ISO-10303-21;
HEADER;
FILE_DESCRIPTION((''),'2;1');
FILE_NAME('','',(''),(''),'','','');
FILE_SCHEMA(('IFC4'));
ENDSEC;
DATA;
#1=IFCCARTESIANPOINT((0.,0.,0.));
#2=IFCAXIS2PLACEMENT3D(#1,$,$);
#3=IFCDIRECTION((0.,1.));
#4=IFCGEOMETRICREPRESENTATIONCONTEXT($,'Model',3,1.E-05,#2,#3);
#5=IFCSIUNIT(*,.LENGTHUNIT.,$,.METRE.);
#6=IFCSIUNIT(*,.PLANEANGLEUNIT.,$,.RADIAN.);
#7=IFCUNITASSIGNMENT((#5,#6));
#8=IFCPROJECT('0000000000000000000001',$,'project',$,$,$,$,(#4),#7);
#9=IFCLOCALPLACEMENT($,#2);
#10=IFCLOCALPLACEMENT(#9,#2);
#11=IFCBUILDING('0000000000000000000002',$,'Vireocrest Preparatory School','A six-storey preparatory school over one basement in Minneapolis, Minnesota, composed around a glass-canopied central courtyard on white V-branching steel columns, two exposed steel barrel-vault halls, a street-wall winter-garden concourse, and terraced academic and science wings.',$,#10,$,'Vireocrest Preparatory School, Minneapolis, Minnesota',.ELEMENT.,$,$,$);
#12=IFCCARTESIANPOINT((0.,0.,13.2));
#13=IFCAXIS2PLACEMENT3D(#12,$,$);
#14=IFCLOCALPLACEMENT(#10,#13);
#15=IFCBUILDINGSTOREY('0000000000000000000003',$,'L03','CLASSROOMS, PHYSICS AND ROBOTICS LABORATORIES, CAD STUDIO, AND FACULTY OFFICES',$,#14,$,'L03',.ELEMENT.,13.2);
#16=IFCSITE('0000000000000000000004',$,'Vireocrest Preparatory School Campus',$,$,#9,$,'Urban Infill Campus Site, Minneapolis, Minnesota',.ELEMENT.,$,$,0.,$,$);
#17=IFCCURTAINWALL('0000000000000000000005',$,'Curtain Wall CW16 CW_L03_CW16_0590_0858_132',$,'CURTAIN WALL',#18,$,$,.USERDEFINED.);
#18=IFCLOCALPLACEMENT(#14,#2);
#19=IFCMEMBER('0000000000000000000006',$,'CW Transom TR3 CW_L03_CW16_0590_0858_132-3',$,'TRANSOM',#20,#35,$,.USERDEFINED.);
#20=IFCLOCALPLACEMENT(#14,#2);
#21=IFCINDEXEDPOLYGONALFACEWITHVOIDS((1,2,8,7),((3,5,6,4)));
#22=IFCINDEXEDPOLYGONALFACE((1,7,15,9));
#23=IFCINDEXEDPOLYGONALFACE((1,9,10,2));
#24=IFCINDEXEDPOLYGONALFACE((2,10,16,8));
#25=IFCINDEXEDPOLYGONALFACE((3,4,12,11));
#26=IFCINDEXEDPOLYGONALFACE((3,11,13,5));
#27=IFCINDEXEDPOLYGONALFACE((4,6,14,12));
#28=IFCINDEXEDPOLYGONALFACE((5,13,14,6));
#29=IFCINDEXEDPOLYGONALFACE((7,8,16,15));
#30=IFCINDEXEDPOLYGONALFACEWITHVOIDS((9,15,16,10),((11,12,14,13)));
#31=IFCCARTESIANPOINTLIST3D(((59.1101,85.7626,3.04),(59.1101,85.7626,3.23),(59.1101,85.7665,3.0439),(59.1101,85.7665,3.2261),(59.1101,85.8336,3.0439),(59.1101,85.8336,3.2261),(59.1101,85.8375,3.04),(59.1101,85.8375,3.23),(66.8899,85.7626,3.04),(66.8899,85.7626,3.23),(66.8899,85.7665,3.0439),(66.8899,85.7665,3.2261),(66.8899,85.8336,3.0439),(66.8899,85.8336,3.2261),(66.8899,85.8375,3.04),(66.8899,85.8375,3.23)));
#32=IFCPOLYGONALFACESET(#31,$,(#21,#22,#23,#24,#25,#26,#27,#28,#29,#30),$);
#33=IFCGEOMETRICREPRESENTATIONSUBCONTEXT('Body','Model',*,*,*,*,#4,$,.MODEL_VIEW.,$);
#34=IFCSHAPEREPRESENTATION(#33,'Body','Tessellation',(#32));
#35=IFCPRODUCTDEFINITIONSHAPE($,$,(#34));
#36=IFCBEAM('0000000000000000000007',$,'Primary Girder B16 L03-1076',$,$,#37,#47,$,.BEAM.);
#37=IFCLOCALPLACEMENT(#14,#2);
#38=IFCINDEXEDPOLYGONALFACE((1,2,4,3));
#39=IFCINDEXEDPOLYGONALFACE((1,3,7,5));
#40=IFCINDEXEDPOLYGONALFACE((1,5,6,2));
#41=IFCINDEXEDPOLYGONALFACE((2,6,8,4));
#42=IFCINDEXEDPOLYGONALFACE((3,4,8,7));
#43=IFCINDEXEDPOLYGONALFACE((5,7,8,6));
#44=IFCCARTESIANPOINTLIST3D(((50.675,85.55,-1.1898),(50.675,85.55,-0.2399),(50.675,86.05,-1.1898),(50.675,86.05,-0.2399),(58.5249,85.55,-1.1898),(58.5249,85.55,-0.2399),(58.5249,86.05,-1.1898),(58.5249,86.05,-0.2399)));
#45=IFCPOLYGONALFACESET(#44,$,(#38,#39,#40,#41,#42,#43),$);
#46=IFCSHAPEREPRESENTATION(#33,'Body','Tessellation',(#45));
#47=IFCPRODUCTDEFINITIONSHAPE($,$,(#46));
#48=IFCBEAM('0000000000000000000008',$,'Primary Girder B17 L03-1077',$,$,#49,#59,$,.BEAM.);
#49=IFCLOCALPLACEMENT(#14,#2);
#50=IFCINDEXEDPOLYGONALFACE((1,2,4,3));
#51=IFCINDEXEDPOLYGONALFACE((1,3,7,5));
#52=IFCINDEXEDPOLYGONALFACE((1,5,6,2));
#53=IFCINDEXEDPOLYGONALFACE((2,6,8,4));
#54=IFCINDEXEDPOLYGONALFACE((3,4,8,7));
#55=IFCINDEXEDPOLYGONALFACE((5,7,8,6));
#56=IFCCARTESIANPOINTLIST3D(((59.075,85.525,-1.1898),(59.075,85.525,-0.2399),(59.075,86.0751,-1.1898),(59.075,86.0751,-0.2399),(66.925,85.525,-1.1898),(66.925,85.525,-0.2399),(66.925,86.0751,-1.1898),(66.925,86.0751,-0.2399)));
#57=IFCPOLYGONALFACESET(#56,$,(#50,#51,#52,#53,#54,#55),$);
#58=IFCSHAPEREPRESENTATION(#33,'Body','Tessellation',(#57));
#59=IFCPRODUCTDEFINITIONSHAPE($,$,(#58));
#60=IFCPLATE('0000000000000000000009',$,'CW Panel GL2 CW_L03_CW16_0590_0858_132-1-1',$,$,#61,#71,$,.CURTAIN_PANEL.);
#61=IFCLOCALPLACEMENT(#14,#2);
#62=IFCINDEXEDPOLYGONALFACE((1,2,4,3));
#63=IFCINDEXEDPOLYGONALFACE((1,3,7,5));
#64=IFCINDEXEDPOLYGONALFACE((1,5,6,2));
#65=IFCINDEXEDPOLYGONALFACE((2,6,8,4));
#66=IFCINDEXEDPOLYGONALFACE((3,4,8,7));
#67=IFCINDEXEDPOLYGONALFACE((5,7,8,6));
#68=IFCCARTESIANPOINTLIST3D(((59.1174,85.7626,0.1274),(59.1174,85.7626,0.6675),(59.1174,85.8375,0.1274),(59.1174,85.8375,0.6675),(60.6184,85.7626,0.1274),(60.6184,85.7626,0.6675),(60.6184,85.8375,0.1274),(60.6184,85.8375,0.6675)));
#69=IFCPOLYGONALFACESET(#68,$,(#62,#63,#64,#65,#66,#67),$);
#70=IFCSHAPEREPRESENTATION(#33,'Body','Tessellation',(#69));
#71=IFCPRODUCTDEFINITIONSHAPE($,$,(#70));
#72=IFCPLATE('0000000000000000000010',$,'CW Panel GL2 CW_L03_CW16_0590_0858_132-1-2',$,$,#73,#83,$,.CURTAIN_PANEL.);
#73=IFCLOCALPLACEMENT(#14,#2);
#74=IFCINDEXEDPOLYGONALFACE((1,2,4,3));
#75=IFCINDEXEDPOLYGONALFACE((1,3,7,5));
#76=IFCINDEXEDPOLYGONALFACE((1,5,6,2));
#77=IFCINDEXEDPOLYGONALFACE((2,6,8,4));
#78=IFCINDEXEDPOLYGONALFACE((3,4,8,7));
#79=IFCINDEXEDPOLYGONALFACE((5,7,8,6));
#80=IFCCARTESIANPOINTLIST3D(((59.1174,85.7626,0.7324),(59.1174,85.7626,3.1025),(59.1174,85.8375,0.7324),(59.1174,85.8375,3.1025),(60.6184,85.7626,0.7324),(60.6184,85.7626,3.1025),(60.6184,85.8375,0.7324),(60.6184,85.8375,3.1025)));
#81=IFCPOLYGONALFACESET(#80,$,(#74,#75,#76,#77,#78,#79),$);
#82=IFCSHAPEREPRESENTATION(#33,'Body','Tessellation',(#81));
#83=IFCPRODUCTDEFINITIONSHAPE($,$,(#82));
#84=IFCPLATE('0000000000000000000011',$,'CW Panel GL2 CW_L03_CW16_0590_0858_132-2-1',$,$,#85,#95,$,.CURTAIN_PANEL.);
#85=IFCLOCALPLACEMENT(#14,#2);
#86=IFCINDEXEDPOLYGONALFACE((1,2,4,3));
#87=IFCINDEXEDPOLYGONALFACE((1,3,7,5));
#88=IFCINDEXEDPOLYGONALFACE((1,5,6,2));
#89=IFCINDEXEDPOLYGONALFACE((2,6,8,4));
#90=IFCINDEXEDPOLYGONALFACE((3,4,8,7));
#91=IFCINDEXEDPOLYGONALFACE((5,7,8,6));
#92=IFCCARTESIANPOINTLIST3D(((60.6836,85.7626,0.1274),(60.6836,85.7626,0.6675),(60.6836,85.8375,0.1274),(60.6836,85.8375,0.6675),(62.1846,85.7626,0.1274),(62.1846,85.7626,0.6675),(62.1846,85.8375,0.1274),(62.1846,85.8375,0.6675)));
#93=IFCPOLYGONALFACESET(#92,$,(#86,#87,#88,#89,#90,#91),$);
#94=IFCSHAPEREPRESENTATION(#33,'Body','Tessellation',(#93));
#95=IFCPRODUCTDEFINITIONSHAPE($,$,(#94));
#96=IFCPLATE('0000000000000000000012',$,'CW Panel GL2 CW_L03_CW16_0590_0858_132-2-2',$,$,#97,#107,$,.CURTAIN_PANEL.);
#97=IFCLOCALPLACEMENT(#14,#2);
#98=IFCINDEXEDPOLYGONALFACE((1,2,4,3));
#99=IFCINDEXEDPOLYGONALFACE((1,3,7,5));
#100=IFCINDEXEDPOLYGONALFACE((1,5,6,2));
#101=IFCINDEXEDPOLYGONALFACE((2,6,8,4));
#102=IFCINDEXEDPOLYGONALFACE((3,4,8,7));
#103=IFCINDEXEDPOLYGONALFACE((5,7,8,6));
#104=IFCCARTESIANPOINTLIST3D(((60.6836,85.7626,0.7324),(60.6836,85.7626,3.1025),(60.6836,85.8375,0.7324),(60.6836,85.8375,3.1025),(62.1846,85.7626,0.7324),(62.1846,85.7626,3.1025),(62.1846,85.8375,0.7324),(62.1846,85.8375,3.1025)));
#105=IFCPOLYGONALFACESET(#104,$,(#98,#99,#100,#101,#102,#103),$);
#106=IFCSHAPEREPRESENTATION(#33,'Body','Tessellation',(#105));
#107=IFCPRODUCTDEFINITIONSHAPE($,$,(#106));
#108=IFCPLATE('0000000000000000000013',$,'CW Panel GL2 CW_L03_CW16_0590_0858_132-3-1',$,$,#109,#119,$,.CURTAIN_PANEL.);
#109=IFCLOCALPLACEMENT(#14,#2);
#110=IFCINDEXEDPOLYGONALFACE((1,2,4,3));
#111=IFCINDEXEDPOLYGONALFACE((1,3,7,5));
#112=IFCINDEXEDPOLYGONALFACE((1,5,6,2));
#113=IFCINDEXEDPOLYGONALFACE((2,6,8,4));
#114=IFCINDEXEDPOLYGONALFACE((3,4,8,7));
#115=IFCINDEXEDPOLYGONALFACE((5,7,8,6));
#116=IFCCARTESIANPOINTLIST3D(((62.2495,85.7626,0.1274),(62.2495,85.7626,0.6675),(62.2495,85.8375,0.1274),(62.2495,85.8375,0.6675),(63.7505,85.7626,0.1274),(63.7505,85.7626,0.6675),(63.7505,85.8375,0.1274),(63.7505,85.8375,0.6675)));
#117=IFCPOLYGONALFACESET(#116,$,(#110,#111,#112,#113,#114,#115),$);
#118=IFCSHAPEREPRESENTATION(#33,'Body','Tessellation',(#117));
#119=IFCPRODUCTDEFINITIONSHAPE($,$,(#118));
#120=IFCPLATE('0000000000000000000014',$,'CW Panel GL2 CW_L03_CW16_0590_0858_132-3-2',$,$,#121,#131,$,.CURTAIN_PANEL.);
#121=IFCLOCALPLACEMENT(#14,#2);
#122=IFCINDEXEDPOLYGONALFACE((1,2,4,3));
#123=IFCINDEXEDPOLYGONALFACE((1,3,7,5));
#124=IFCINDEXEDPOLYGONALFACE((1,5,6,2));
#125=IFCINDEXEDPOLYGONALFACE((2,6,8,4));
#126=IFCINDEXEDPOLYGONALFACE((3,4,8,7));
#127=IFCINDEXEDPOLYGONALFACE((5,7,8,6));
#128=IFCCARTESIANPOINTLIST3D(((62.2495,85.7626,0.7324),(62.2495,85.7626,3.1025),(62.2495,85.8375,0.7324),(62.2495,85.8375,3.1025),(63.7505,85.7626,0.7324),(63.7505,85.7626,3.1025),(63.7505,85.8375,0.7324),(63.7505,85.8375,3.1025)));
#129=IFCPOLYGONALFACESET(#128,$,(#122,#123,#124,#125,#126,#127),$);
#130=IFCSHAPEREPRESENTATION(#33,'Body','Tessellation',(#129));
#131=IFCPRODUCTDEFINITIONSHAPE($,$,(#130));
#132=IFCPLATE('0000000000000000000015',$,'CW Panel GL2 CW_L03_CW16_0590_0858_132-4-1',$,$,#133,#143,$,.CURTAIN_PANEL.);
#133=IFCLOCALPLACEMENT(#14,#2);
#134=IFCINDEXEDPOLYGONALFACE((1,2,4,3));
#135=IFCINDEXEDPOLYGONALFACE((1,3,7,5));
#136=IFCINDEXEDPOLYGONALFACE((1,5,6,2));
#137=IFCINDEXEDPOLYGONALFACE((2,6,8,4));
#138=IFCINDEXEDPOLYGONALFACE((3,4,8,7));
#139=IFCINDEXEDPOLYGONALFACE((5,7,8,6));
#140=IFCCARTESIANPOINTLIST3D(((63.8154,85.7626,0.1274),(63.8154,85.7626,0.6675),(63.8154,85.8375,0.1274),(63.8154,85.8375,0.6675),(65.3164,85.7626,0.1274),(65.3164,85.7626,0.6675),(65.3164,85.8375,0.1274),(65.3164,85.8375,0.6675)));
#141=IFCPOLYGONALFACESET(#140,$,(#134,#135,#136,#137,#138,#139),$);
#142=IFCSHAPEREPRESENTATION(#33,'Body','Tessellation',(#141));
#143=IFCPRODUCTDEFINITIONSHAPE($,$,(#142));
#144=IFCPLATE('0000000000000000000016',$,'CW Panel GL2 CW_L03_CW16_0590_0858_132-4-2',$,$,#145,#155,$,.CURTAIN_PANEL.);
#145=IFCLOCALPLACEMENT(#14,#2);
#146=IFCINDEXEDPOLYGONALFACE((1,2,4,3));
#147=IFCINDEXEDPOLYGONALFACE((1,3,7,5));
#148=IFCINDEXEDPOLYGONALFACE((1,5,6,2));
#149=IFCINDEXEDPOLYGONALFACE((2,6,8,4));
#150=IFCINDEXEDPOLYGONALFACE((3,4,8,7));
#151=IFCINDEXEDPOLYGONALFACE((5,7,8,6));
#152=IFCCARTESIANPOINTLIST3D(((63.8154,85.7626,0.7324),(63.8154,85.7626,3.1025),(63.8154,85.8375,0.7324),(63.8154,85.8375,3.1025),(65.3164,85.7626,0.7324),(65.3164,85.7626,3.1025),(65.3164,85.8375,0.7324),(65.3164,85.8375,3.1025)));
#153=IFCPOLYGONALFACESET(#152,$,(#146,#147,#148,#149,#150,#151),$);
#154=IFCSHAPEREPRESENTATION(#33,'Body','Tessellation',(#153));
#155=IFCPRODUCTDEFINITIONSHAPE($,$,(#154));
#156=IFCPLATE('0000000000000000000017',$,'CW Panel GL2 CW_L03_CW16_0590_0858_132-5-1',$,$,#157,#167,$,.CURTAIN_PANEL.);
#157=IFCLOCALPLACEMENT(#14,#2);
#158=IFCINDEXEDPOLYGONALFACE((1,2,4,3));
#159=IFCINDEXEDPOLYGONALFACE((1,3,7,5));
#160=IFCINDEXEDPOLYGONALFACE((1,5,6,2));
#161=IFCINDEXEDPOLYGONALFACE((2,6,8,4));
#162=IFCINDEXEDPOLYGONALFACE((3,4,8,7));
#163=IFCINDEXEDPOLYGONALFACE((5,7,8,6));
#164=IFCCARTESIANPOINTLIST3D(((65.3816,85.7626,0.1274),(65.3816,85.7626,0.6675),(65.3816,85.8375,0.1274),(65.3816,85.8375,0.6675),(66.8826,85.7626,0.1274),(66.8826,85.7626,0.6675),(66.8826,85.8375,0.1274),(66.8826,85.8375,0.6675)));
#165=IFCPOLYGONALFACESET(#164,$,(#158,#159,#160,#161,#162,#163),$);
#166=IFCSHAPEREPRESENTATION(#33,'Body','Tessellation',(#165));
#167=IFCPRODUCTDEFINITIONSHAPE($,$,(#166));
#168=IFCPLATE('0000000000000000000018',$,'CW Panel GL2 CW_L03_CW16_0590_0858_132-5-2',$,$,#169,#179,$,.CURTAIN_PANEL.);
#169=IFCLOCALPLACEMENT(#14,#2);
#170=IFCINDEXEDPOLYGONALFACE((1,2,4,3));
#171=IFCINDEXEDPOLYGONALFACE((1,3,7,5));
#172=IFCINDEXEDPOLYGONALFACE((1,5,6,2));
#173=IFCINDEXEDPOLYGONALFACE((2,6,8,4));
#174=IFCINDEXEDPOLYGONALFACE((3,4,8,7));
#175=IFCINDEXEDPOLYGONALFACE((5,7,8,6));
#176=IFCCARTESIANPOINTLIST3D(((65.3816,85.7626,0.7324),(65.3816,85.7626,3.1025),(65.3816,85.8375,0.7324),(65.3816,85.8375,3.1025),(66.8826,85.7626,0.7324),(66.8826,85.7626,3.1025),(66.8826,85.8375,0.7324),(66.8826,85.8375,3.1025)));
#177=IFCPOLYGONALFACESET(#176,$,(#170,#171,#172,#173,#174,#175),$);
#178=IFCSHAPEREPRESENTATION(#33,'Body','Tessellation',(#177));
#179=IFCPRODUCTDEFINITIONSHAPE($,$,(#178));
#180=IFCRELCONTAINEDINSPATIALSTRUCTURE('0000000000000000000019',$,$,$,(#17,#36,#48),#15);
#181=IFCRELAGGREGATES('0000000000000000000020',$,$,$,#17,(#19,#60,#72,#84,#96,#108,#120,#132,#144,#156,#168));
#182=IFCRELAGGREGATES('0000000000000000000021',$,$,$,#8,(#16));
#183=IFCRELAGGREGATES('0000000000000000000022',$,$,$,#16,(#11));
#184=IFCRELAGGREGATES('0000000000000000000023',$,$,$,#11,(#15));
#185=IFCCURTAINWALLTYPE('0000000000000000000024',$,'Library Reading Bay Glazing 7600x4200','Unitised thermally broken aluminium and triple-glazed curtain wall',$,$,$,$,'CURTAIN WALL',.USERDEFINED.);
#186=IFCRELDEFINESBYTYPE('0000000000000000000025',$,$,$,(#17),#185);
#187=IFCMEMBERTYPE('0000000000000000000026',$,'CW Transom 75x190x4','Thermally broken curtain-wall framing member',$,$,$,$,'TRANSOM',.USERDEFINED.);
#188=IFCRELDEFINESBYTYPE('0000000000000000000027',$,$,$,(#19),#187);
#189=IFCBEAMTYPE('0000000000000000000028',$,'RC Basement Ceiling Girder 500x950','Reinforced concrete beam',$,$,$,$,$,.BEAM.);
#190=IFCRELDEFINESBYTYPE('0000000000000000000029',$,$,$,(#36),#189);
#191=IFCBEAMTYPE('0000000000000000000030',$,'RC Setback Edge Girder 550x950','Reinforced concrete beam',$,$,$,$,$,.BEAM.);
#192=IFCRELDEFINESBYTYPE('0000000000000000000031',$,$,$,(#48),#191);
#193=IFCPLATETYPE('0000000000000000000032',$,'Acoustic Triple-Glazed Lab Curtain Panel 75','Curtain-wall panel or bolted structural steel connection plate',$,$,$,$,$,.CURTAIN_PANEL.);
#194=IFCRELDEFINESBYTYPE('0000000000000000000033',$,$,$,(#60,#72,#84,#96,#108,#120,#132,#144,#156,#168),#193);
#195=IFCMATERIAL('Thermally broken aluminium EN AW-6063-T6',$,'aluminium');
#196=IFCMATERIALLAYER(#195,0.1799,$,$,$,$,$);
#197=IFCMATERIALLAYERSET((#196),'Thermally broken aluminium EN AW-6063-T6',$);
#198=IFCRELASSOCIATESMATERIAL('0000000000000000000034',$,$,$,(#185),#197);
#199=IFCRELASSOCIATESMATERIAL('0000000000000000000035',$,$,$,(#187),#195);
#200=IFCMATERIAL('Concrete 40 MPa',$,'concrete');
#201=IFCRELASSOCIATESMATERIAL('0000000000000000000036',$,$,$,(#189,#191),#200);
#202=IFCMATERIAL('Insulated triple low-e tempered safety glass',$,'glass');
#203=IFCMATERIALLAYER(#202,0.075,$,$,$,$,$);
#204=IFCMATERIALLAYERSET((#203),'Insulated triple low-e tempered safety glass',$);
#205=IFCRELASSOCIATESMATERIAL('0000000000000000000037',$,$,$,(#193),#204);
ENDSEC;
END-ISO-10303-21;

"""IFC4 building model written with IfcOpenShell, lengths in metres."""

from ifc_helpers import new_model, si_unit, direction, frame, origin, origin_2d, place, context, subcontext, project, spatial, rectangle, hollow_rectangle, extrude, material, layer, layer_set, material_profile, profile_set, type_object, element, aggregate, save


model = new_model("IFC4")

# Units and contexts
model_context = context("Model", 3, precision=1e-05, world=origin(), true_north=direction((0.0, 1.0)))
body_context = subcontext(model_context, "Body", "Model", "MODEL_VIEW")
ifc_project = project(units=[si_unit("LENGTHUNIT", "METRE"), si_unit("PLANEANGLEUNIT", "RADIAN")], contexts=[model_context])

# Site, building, storey
site_placement = place(None, origin())
site = spatial("IfcSite", under=ifc_project, at=site_placement, Name="Vireocrest Preparatory School Campus", LongName="Urban Infill Campus Site, Minneapolis, Minnesota", CompositionType="ELEMENT", RefElevation=0.0)
building_placement = place(site_placement, origin())
building = spatial("IfcBuilding", under=site, at=building_placement, Name="Vireocrest Preparatory School", Description="A six-storey preparatory school over one basement in Minneapolis, Minnesota, composed around a glass-canopied central courtyard on white V-branching steel columns, two exposed steel barrel-vault halls, a street-wall winter-garden concourse, and terraced academic and science wings.", LongName="Vireocrest Preparatory School, Minneapolis, Minnesota", CompositionType="ELEMENT")
storey_placement = place(building_placement, frame((0.0, 0.0, 13.2)))
storey = spatial("IfcBuildingStorey", under=building, at=storey_placement, Name="L03", Description="CLASSROOMS, PHYSICS AND ROBOTICS LABORATORIES, CAD STUDIO, AND FACULTY OFFICES", LongName="L03", CompositionType="ELEMENT", Elevation=13.2)

# Shared definitions
ifc_material_1 = material(Name="Thermally broken aluminium EN AW-6063-T6", Category="aluminium")

# Curtain wall, member
ifc_layer_1 = layer(ifc_material_1, 0.1799)
ifc_layer_set_1 = layer_set([ifc_layer_1], Name="Thermally broken aluminium EN AW-6063-T6")
curtain_wall_type_1 = type_object("IfcCurtainWallType", Name="Library Reading Bay Glazing 7600x4200", Description="Unitised thermally broken aluminium and triple-glazed curtain wall", ElementType="CURTAIN WALL", PredefinedType="USERDEFINED", material=ifc_layer_set_1)
curtain_wall_1_placement = place(storey_placement, origin())
curtain_wall_1 = element("IfcCurtainWall", 1, at=curtain_wall_1_placement, inside=storey, type_object=curtain_wall_type_1, Name="Curtain Wall CW16 CW_L03_CW16_0590_0858_132", ObjectType="CURTAIN WALL", PredefinedType="USERDEFINED")
ifc_material_profile_1 = material_profile(ifc_material_1, hollow_rectangle(XDim=0.075, YDim=0.1899, WallThickness=0.0039, at=origin_2d()), Name="ALU 75x190x4")
ifc_profile_set_1 = profile_set([ifc_material_profile_1], Name="Thermally broken aluminium EN AW-6063-T6")
member_type_1 = type_object("IfcMemberType", Name="CW Transom 75x190x4", Description="Thermally broken curtain-wall framing member", ElementType="TRANSOM", PredefinedType="USERDEFINED", material=ifc_profile_set_1)
member_1_placement = place(storey_placement, frame((59.1101, 85.8, 3.135), z_axis=(1.0, 0.0, 0.0), x_axis=(0.0, 1.0, 0.0)))
member_1 = element("IfcMember", 2, at=member_1_placement, type_object=member_type_1, Name="CW Transom TR3 CW_L03_CW16_0590_0858_132-3", ObjectType="TRANSOM", PredefinedType="USERDEFINED", context=body_context, shape_type="SweptSolid", body=[
    extrude(hollow_rectangle(XDim=0.075, YDim=0.1899, WallThickness=0.0039, at=origin_2d()), origin(), (0.0, 0.0, 1.0), 7.7798),
])

# Beams
ifc_material_2 = material(Name="Concrete 40 MPa", Category="concrete")
ifc_material_profile_2 = material_profile(ifc_material_2, rectangle(XDim=0.5, YDim=0.95, at=origin_2d()), Name="RC 500x950")
ifc_profile_set_2 = profile_set([ifc_material_profile_2], Name="Concrete 40 MPa")
beam_type_1 = type_object("IfcBeamType", Name="RC Basement Ceiling Girder 500x950", Description="Reinforced concrete beam", PredefinedType="BEAM", material=ifc_profile_set_2)
beam_1_placement = place(storey_placement, frame((50.675, 85.8, -0.7148), z_axis=(1.0, 0.0, 0.0), x_axis=(0.0, 1.0, 0.0)))
element("IfcBeam", 3, at=beam_1_placement, inside=storey, type_object=beam_type_1, Name="Primary Girder B16 L03-1076", PredefinedType="BEAM", context=body_context, shape_type="SweptSolid", body=[
    extrude(rectangle(XDim=0.5, YDim=0.95, at=origin_2d()), origin(), (0.0, 0.0, 1.0), 7.8499),
])
ifc_material_profile_3 = material_profile(ifc_material_2, rectangle(XDim=0.55, YDim=0.95, at=origin_2d()), Name="RC 550x950")
ifc_profile_set_3 = profile_set([ifc_material_profile_3], Name="Concrete 40 MPa")
beam_type_2 = type_object("IfcBeamType", Name="RC Setback Edge Girder 550x950", Description="Reinforced concrete beam", PredefinedType="BEAM", material=ifc_profile_set_3)
beam_2_placement = place(storey_placement, frame((59.075, 85.8, -0.7148), z_axis=(1.0, 0.0, 0.0), x_axis=(0.0, 1.0, 0.0)))
element("IfcBeam", 4, at=beam_2_placement, inside=storey, type_object=beam_type_2, Name="Primary Girder B17 L03-1077", PredefinedType="BEAM", context=body_context, shape_type="SweptSolid", body=[
    extrude(rectangle(XDim=0.55, YDim=0.95, at=origin_2d()), origin(), (0.0, 0.0, 1.0), 7.8501),
])

# Plates
ifc_material_3 = material(Name="Insulated triple low-e tempered safety glass", Category="glass")
ifc_layer_2 = layer(ifc_material_3, 0.075)
ifc_layer_set_2 = layer_set([ifc_layer_2], Name="Insulated triple low-e tempered safety glass")
plate_type = type_object("IfcPlateType", Name="Acoustic Triple-Glazed Lab Curtain Panel 75", Description="Curtain-wall panel or bolted structural steel connection plate", PredefinedType="CURTAIN_PANEL", material=ifc_layer_set_2)
plate_1_placement = place(storey_placement, frame((59.8679, 85.8, 0.1274), z_axis=(0.0, 0.0, 1.0), x_axis=(1.0, 0.0, 0.0)))
plate_1 = element("IfcPlate", 5, at=plate_1_placement, type_object=plate_type, Name="CW Panel GL2 CW_L03_CW16_0590_0858_132-1-1", PredefinedType="CURTAIN_PANEL", context=body_context, shape_type="SweptSolid", body=[
    extrude(rectangle(XDim=1.501, YDim=0.075, at=origin_2d()), origin(), (0.0, 0.0, 1.0), 0.54),
])
plate_2_placement = place(storey_placement, frame((59.8679, 85.8, 0.7324), z_axis=(0.0, 0.0, 1.0), x_axis=(1.0, 0.0, 0.0)))
plate_2 = element("IfcPlate", 6, at=plate_2_placement, type_object=plate_type, Name="CW Panel GL2 CW_L03_CW16_0590_0858_132-1-2", PredefinedType="CURTAIN_PANEL", context=body_context, shape_type="SweptSolid", body=[
    extrude(rectangle(XDim=1.501, YDim=0.075, at=origin_2d()), origin(), (0.0, 0.0, 1.0), 2.3701),
])
plate_3_placement = place(storey_placement, frame((61.4341, 85.8, 0.1274), z_axis=(0.0, 0.0, 1.0), x_axis=(1.0, 0.0, 0.0)))
plate_3 = element("IfcPlate", 7, at=plate_3_placement, type_object=plate_type, Name="CW Panel GL2 CW_L03_CW16_0590_0858_132-2-1", PredefinedType="CURTAIN_PANEL", context=body_context, shape_type="SweptSolid", body=[
    extrude(rectangle(XDim=1.501, YDim=0.075, at=origin_2d()), origin(), (0.0, 0.0, 1.0), 0.54),
])
plate_4_placement = place(storey_placement, frame((61.4341, 85.8, 0.7324), z_axis=(0.0, 0.0, 1.0), x_axis=(1.0, 0.0, 0.0)))
plate_4 = element("IfcPlate", 8, at=plate_4_placement, type_object=plate_type, Name="CW Panel GL2 CW_L03_CW16_0590_0858_132-2-2", PredefinedType="CURTAIN_PANEL", context=body_context, shape_type="SweptSolid", body=[
    extrude(rectangle(XDim=1.501, YDim=0.075, at=origin_2d()), origin(), (0.0, 0.0, 1.0), 2.3701),
])
plate_5_placement = place(storey_placement, frame((63.0, 85.8, 0.1274), z_axis=(0.0, 0.0, 1.0), x_axis=(1.0, 0.0, 0.0)))
plate_5 = element("IfcPlate", 9, at=plate_5_placement, type_object=plate_type, Name="CW Panel GL2 CW_L03_CW16_0590_0858_132-3-1", PredefinedType="CURTAIN_PANEL", context=body_context, shape_type="SweptSolid", body=[
    extrude(rectangle(XDim=1.501, YDim=0.075, at=origin_2d()), origin(), (0.0, 0.0, 1.0), 0.54),
])
plate_6_placement = place(storey_placement, frame((63.0, 85.8, 0.7324), z_axis=(0.0, 0.0, 1.0), x_axis=(1.0, 0.0, 0.0)))
plate_6 = element("IfcPlate", 10, at=plate_6_placement, type_object=plate_type, Name="CW Panel GL2 CW_L03_CW16_0590_0858_132-3-2", PredefinedType="CURTAIN_PANEL", context=body_context, shape_type="SweptSolid", body=[
    extrude(rectangle(XDim=1.501, YDim=0.075, at=origin_2d()), origin(), (0.0, 0.0, 1.0), 2.3701),
])
plate_7_placement = place(storey_placement, frame((64.5659, 85.8, 0.1274), z_axis=(0.0, 0.0, 1.0), x_axis=(1.0, 0.0, 0.0)))
plate_7 = element("IfcPlate", 11, at=plate_7_placement, type_object=plate_type, Name="CW Panel GL2 CW_L03_CW16_0590_0858_132-4-1", PredefinedType="CURTAIN_PANEL", context=body_context, shape_type="SweptSolid", body=[
    extrude(rectangle(XDim=1.501, YDim=0.075, at=origin_2d()), origin(), (0.0, 0.0, 1.0), 0.54),
])
plate_8_placement = place(storey_placement, frame((64.5659, 85.8, 0.7324), z_axis=(0.0, 0.0, 1.0), x_axis=(1.0, 0.0, 0.0)))
plate_8 = element("IfcPlate", 12, at=plate_8_placement, type_object=plate_type, Name="CW Panel GL2 CW_L03_CW16_0590_0858_132-4-2", PredefinedType="CURTAIN_PANEL", context=body_context, shape_type="SweptSolid", body=[
    extrude(rectangle(XDim=1.501, YDim=0.075, at=origin_2d()), origin(), (0.0, 0.0, 1.0), 2.3701),
])
plate_9_placement = place(storey_placement, frame((66.1321, 85.8, 0.1274), z_axis=(0.0, 0.0, 1.0), x_axis=(1.0, 0.0, 0.0)))
plate_9 = element("IfcPlate", 13, at=plate_9_placement, type_object=plate_type, Name="CW Panel GL2 CW_L03_CW16_0590_0858_132-5-1", PredefinedType="CURTAIN_PANEL", context=body_context, shape_type="SweptSolid", body=[
    extrude(rectangle(XDim=1.501, YDim=0.075, at=origin_2d()), origin(), (0.0, 0.0, 1.0), 0.54),
])
plate_10_placement = place(storey_placement, frame((66.1321, 85.8, 0.7324), z_axis=(0.0, 0.0, 1.0), x_axis=(1.0, 0.0, 0.0)))
plate_10 = element("IfcPlate", 14, at=plate_10_placement, type_object=plate_type, Name="CW Panel GL2 CW_L03_CW16_0590_0858_132-5-2", PredefinedType="CURTAIN_PANEL", context=body_context, shape_type="SweptSolid", body=[
    extrude(rectangle(XDim=1.501, YDim=0.075, at=origin_2d()), origin(), (0.0, 0.0, 1.0), 2.3701),
])
aggregate(curtain_wall_1, [member_1, plate_1, plate_2, plate_3, plate_4, plate_5, plate_6, plate_7, plate_8, plate_9, plate_10])

save(model, "model.ifc")
